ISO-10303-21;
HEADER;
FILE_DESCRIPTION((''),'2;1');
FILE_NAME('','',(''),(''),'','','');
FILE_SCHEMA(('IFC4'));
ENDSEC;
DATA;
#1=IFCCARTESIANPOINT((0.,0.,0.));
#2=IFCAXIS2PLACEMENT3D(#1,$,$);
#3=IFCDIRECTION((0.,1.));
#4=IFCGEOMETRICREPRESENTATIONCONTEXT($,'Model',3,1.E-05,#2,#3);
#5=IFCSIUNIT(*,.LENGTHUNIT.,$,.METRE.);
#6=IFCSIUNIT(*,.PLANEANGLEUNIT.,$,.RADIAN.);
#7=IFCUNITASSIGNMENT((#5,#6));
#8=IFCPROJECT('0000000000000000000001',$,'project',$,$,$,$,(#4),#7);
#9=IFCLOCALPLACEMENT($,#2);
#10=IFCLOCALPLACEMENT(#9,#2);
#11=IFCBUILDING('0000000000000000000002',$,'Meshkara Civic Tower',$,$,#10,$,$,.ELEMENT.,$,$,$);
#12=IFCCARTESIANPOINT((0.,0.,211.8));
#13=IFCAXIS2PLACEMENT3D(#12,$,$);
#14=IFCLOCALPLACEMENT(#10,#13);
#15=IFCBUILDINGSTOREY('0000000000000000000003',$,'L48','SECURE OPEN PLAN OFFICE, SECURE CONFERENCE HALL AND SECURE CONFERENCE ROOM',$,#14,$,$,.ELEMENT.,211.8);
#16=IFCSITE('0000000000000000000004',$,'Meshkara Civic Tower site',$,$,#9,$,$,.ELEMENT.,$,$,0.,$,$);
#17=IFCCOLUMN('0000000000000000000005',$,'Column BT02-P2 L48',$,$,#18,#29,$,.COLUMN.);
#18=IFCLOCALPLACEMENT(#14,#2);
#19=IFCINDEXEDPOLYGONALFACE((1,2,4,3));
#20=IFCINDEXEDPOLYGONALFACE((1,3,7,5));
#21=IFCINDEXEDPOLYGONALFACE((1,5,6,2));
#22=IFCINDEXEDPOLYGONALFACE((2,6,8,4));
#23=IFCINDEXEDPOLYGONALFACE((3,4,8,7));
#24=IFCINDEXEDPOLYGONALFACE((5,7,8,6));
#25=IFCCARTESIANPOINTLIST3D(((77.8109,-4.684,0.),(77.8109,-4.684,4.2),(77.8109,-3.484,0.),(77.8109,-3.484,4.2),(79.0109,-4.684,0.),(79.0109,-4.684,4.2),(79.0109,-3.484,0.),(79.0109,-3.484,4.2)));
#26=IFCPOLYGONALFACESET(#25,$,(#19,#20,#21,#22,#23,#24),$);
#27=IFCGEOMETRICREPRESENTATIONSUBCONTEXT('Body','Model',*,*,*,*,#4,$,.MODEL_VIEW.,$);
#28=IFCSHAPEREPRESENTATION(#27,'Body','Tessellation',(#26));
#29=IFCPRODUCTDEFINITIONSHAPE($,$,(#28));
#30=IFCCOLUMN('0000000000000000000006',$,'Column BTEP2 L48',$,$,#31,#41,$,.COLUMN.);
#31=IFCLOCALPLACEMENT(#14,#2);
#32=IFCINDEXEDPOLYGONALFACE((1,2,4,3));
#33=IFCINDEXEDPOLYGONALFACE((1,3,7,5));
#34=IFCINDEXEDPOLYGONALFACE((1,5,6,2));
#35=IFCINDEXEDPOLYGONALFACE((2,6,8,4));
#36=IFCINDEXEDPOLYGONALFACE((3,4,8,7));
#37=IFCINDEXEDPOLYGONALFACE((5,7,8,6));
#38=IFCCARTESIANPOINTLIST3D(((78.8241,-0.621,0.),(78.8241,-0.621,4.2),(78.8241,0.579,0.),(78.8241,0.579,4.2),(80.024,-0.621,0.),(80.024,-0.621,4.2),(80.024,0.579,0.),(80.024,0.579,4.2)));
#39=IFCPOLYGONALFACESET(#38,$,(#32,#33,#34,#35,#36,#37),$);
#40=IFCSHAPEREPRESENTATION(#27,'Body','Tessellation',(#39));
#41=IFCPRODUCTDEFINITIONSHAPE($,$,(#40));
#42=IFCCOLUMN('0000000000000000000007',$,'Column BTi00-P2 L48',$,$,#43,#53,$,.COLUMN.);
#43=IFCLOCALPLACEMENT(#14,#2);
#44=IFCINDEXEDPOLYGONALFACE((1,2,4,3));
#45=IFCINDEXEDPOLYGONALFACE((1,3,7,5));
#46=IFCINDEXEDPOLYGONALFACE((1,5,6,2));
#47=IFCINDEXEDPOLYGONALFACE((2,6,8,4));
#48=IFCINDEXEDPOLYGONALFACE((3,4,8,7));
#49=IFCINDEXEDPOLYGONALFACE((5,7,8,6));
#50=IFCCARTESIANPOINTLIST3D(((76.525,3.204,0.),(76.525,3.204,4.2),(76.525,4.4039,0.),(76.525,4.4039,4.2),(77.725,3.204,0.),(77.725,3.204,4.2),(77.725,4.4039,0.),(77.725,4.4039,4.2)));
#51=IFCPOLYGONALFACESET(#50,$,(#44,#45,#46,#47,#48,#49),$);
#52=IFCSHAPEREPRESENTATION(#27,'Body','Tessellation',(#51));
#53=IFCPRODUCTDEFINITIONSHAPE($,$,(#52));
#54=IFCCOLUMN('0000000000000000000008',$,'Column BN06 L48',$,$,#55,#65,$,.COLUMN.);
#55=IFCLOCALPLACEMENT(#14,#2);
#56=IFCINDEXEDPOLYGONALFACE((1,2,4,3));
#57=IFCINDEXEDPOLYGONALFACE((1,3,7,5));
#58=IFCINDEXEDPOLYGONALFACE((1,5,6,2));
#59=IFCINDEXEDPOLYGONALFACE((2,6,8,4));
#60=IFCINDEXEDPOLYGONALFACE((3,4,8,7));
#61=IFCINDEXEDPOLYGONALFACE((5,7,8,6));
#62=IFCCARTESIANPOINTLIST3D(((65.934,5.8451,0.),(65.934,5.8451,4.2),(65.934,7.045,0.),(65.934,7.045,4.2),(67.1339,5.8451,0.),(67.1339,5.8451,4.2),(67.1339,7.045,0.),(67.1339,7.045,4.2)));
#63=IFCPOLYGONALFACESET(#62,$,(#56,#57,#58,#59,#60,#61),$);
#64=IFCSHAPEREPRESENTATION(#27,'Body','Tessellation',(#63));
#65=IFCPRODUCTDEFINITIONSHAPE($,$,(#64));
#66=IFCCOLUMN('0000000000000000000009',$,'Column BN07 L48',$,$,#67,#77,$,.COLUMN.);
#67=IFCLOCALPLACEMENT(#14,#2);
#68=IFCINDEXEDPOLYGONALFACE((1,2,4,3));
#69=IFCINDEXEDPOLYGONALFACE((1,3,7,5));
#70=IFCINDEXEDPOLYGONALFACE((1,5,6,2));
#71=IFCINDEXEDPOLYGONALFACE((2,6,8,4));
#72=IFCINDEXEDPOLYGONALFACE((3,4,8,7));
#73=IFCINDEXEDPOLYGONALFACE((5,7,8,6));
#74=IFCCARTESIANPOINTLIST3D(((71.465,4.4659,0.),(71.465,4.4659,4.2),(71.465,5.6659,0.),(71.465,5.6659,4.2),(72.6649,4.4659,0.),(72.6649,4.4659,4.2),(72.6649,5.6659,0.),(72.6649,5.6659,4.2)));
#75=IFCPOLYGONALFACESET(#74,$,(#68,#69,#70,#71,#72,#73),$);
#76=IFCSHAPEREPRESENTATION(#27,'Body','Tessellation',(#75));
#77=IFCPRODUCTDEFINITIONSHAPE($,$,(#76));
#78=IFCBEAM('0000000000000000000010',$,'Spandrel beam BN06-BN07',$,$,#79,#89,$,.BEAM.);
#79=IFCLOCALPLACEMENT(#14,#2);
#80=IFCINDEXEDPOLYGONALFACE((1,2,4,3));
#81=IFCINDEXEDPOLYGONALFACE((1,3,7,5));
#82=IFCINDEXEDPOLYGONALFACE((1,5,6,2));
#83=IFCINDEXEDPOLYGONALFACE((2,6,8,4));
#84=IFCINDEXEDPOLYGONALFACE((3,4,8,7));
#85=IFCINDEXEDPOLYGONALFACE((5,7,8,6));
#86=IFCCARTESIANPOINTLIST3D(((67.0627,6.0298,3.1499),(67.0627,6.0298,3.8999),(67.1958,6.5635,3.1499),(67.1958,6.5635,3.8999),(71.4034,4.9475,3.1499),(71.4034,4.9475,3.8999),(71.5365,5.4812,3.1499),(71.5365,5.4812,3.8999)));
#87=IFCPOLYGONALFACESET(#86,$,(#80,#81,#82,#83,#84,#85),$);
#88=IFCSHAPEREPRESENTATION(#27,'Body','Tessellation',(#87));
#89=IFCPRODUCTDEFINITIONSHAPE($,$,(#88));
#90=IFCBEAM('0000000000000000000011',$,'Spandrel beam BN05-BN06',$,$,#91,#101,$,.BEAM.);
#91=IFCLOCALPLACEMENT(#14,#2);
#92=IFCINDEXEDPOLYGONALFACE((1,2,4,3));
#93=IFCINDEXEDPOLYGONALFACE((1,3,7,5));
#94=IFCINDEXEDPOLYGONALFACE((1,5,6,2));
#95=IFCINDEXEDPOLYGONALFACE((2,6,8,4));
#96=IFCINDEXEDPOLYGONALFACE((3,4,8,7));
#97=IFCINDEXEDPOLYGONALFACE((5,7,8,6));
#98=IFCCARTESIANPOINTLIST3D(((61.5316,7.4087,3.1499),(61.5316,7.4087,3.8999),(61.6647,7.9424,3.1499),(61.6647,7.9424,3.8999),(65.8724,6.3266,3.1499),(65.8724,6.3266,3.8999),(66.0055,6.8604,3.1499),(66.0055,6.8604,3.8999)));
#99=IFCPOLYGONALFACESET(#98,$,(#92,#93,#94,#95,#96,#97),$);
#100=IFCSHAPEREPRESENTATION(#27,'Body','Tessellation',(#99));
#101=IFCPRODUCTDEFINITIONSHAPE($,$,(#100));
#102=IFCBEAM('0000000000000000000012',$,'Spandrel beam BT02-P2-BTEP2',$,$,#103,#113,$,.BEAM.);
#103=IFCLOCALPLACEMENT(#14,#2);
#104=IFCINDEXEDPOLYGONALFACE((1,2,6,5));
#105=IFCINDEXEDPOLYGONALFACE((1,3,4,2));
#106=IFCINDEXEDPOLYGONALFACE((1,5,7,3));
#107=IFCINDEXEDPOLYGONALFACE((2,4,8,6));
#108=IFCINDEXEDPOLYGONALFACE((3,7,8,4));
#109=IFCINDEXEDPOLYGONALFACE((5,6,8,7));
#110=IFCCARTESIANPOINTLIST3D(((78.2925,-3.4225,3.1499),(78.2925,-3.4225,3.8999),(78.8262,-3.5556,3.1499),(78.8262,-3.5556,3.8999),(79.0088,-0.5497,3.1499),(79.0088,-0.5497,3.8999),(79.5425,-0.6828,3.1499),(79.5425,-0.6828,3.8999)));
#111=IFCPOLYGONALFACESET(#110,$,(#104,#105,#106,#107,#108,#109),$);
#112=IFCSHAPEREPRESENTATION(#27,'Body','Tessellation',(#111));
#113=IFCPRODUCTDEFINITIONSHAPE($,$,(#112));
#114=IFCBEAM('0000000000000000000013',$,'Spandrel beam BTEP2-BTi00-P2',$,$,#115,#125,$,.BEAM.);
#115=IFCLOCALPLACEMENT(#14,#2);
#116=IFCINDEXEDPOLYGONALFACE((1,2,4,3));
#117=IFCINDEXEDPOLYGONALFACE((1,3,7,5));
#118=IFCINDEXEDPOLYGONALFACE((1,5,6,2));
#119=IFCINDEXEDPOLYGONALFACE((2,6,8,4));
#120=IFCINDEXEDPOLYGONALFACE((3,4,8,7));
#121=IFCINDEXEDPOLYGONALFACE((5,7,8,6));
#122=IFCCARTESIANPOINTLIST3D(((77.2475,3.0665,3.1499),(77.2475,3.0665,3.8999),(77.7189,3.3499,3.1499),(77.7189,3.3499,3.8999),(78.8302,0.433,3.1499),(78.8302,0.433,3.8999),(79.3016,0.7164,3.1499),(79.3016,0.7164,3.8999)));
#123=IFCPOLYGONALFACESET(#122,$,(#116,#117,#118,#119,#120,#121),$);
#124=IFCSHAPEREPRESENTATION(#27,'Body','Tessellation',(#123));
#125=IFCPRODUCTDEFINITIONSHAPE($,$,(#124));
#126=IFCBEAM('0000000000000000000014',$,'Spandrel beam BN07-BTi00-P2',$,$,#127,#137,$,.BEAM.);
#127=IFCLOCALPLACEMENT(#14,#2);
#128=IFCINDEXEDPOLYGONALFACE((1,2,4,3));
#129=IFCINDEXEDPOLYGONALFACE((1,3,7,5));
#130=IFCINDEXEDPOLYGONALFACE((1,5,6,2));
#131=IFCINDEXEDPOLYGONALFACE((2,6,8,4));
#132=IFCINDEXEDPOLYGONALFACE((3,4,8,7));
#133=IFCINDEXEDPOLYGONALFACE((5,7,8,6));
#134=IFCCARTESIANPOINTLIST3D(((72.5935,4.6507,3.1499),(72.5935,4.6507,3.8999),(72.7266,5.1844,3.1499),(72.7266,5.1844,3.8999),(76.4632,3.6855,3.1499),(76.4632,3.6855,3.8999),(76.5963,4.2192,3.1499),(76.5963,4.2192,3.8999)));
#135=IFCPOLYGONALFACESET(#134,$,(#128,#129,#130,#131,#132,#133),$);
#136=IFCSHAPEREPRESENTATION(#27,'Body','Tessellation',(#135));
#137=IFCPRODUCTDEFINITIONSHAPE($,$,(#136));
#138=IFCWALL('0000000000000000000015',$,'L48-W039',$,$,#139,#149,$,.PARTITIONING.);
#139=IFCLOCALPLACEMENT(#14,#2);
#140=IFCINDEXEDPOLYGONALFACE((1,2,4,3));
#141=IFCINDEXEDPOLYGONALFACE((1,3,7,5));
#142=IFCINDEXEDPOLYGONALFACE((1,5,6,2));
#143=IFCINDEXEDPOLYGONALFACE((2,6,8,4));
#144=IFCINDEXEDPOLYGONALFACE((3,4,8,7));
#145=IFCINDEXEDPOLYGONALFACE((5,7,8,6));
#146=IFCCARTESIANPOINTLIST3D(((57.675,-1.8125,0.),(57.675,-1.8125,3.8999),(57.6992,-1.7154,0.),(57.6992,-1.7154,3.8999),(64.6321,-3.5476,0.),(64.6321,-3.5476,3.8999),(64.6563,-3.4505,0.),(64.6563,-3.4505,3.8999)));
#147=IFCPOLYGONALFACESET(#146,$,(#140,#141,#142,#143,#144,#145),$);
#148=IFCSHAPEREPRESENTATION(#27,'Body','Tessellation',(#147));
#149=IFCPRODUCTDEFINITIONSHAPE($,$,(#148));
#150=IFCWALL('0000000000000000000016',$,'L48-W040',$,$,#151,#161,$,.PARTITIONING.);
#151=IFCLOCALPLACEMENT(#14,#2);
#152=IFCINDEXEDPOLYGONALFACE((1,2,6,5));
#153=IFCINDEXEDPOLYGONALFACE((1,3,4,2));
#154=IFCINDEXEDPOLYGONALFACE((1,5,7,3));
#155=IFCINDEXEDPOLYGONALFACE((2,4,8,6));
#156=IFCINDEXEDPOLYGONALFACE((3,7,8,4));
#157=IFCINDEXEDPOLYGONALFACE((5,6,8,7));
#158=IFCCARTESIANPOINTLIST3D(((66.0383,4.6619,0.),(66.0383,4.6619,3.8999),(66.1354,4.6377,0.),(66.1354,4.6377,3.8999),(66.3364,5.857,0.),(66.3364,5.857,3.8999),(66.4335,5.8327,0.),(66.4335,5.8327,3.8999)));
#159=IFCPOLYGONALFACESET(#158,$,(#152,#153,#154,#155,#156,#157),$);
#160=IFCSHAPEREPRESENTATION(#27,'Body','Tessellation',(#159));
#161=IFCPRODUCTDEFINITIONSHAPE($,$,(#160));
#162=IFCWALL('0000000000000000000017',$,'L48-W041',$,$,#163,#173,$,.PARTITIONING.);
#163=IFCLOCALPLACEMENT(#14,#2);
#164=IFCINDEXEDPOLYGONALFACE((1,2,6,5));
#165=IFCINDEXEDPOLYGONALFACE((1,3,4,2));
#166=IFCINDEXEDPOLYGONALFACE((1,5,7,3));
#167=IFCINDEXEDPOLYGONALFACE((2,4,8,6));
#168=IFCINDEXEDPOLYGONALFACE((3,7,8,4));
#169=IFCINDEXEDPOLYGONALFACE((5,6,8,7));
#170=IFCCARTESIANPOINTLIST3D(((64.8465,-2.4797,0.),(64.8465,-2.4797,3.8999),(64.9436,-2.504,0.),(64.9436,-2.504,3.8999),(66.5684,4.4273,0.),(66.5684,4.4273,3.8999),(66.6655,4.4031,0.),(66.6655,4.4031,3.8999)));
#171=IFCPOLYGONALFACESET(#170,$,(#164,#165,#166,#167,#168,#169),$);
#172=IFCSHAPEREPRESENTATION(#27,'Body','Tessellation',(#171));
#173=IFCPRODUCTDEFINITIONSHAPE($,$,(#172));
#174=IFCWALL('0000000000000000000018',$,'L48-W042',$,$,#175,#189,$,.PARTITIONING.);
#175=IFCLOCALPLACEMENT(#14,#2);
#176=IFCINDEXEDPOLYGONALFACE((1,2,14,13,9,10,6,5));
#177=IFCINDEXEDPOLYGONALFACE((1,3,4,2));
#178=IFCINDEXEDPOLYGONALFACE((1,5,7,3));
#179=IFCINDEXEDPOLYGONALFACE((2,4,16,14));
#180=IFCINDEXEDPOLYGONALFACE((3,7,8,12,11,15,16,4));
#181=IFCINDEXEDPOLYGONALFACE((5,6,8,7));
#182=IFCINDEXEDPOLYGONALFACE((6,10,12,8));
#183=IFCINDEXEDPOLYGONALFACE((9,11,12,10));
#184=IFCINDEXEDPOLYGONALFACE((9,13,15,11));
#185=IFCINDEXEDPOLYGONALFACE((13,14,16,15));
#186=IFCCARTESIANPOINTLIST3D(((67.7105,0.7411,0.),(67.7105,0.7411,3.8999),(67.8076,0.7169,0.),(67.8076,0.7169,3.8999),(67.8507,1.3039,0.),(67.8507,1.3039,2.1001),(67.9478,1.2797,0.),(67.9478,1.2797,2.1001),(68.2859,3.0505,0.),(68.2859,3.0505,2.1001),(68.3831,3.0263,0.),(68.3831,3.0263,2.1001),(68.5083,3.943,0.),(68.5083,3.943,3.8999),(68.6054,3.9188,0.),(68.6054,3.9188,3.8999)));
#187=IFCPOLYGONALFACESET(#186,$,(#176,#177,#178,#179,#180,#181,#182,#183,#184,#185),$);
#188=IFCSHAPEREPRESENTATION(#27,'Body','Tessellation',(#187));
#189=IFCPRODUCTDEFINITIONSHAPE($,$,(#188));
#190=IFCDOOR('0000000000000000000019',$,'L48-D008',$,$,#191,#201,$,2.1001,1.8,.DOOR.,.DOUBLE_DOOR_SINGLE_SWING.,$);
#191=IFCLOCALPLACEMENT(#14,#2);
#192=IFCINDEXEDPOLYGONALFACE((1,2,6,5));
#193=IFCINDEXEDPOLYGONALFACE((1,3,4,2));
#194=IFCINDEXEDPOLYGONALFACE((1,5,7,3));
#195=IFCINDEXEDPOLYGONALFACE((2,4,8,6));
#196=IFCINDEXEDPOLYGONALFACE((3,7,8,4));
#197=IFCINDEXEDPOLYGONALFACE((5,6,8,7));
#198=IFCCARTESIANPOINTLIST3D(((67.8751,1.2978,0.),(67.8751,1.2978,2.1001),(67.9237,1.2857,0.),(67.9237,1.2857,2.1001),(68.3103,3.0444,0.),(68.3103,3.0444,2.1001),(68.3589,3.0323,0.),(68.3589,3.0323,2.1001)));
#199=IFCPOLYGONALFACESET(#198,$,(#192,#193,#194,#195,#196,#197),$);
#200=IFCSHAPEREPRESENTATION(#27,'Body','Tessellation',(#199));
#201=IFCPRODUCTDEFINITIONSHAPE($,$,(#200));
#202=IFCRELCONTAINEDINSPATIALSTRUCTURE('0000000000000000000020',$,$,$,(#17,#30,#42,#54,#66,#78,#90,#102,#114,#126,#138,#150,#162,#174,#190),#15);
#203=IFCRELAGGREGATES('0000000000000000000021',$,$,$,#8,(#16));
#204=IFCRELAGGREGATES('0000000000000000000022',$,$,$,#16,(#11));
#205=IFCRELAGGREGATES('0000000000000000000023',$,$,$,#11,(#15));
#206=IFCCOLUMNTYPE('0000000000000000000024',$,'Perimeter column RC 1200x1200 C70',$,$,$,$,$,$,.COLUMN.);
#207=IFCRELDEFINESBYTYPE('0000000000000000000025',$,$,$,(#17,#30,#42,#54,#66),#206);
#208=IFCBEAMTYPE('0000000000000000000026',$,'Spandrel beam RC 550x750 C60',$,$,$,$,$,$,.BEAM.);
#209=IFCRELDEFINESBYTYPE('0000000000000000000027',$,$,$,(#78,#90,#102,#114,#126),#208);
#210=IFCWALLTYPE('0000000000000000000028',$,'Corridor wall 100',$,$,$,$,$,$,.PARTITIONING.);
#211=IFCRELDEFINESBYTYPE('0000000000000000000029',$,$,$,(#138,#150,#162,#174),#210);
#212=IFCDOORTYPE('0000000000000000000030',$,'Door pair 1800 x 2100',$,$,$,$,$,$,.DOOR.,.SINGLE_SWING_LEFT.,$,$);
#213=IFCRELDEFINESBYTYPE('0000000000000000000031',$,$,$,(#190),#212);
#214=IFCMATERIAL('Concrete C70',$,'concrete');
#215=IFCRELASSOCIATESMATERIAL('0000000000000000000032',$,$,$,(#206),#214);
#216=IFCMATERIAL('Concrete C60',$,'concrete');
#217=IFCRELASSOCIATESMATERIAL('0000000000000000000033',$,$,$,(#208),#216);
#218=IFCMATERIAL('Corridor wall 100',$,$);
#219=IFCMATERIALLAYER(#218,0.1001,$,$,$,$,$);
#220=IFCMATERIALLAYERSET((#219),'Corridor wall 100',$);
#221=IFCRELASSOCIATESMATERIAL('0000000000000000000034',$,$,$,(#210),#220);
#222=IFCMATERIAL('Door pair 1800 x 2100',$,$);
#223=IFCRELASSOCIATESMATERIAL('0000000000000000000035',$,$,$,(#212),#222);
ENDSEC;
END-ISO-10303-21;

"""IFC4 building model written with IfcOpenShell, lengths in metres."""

from ifc_helpers import new_model, si_unit, direction, frame, frame_2d, origin, origin_2d, place, context, subcontext, project, spatial, rectangle, extrude, material, layer, layer_set, material_profile, profile_set, type_object, element, fill, save


model = new_model("IFC4")

# Units and contexts
model_context = context("Model", 3, precision=1e-05, world=origin(), true_north=direction((0.0, 1.0)))
body_context = subcontext(model_context, "Body", "Model", "MODEL_VIEW")
ifc_project = project(units=[si_unit("LENGTHUNIT", "METRE"), si_unit("PLANEANGLEUNIT", "RADIAN")], contexts=[model_context])

# Site, building, storey
site_placement = place(None, origin())
site = spatial("IfcSite", under=ifc_project, at=site_placement, Name="Meshkara Civic Tower site", CompositionType="ELEMENT", RefElevation=0.0)
building_placement = place(site_placement, origin())
building = spatial("IfcBuilding", under=site, at=building_placement, Name="Meshkara Civic Tower", CompositionType="ELEMENT")
storey_placement = place(building_placement, frame((0.0, 0.0, 211.8)))
storey = spatial("IfcBuildingStorey", under=building, at=storey_placement, Name="L48", Description="SECURE OPEN PLAN OFFICE, SECURE CONFERENCE HALL AND SECURE CONFERENCE ROOM", CompositionType="ELEMENT", Elevation=211.8)

# Columns
ifc_material_1 = material(Name="Concrete C70", Category="concrete")
ifc_material_profile_1 = material_profile(ifc_material_1, rectangle(XDim=1.2, YDim=1.2, at=origin_2d()))
ifc_profile_set_1 = profile_set([ifc_material_profile_1], Name="Concrete C70")
column_type = type_object("IfcColumnType", Name="Perimeter column RC 1200x1200 C70", PredefinedType="COLUMN", material=ifc_profile_set_1)
for number, where, z_axis, x_axis, name in (
    (1, (78.4109, -4.084, 0.0), (0.0, 0.0, 1.0), (1.0, 0.0, 0.0), "Column BT02-P2 L48"),
    (2, (79.4241, -0.021, 0.0), (0.0, 0.0, 1.0), (1.0, 0.0, 0.0), "Column BTEP2 L48"),
    (3, (77.125, 3.804, 0.0), (0.0, 0.0, 1.0), (1.0, 0.0, 0.0), "Column BTi00-P2 L48"),
    (4, (66.5339, 6.4451, 0.0), (0.0, 0.0, 1.0), (1.0, 0.0, 0.0), "Column BN06 L48"),
    (5, (72.0649, 5.0659, 0.0), (0.0, 0.0, 1.0), (1.0, 0.0, 0.0), "Column BN07 L48"),
):
    element("IfcColumn", number, at=place(storey_placement, frame(where, z_axis=z_axis, x_axis=x_axis)), inside=storey, type_object=column_type, Name=name, PredefinedType="COLUMN", context=body_context, shape_type="SweptSolid", body=[
        extrude(rectangle(XDim=1.2, YDim=1.2, at=origin_2d()), origin(), (0.0, 0.0, 1.0), 4.2),
    ])

# Beams
ifc_material_2 = material(Name="Concrete C60", Category="concrete")
ifc_material_profile_2 = material_profile(ifc_material_2, rectangle(XDim=0.55, YDim=0.75, at=origin_2d()))
ifc_profile_set_2 = profile_set([ifc_material_profile_2], Name="Concrete C60")
beam_type = type_object("IfcBeamType", Name="Spandrel beam RC 550x750 C60", PredefinedType="BEAM", material=ifc_profile_set_2)
for number, where, z_axis, x_axis, name in (
    (6, (71.47, 5.2144, 3.5249), (-0.970296, 0.241919, 0.0), (-0.241919, -0.970296, 0.0), "Spandrel beam BN06-BN07"),
    (7, (65.939, 6.5935, 3.5249), (-0.970309, 0.241868, 0.0), (-0.241868, -0.970309, 0.0), "Spandrel beam BN05-BN06"),
):
    element("IfcBeam", number, at=place(storey_placement, frame(where, z_axis=z_axis, x_axis=x_axis)), inside=storey, type_object=beam_type, Name=name, PredefinedType="BEAM", context=body_context, shape_type="SweptSolid", body=[
        extrude(rectangle(XDim=0.55, YDim=0.75, at=origin_2d()), origin(), (0.0, 0.0, 1.0), 4.4736),
    ])
beam_1_placement = place(storey_placement, frame((78.5593, -3.489, 3.5249), z_axis=(0.241934, 0.970293, 0.0), x_axis=(-0.970293, 0.241934, 0.0)))
element("IfcBeam", 8, at=beam_1_placement, inside=storey, type_object=beam_type, Name="Spandrel beam BT02-P2-BTEP2", PredefinedType="BEAM", context=body_context, shape_type="SweptSolid", body=[
    extrude(rectangle(XDim=0.55, YDim=0.75, at=origin_2d()), origin(), (0.0, 0.0, 1.0), 2.9607),
])
beam_2_placement = place(storey_placement, frame((79.0659, 0.5747, 3.5249), z_axis=(-0.515127, 0.857114, 0.0), x_axis=(-0.857114, -0.515127, 0.0)))
element("IfcBeam", 9, at=beam_2_placement, inside=storey, type_object=beam_type, Name="Spandrel beam BTEP2-BTi00-P2", PredefinedType="BEAM", context=body_context, shape_type="SweptSolid", body=[
    extrude(rectangle(XDim=0.55, YDim=0.75, at=origin_2d()), origin(), (0.0, 0.0, 1.0), 3.0725),
])
beam_3_placement = place(storey_placement, frame((76.5298, 3.9524, 3.5249), z_axis=(-0.970279, 0.241988, 0.0), x_axis=(-0.241988, -0.970279, 0.0)))
element("IfcBeam", 10, at=beam_3_placement, inside=storey, type_object=beam_type, Name="Spandrel beam BN07-BTi00-P2", PredefinedType="BEAM", context=body_context, shape_type="SweptSolid", body=[
    extrude(rectangle(XDim=0.55, YDim=0.75, at=origin_2d()), origin(), (0.0, 0.0, 1.0), 3.9883),
])

# Walls
ifc_material_3 = material(Name="Corridor wall 100")
ifc_layer_1 = layer(ifc_material_3, 0.1001)
ifc_layer_set_1 = layer_set([ifc_layer_1], Name="Corridor wall 100")
wall_type_1 = type_object("IfcWallType", Name="Corridor wall 100", PredefinedType="PARTITIONING", material=ifc_layer_set_1)
wall_1_placement = place(storey_placement, frame((64.644, -3.499, 0.0), z_axis=(0.0, 0.0, 1.0), x_axis=(-0.970279, 0.241991, 0.0)))
element("IfcWall", 11, at=wall_1_placement, inside=storey, type_object=wall_type_1, Name="L48-W039", PredefinedType="PARTITIONING", context=body_context, shape_type="SweptSolid", body=[
    extrude(rectangle(XDim=7.1702, YDim=0.1001, at=frame_2d((3.585, 0.0))), origin(), (0.0, 0.0, 1.0), 3.8999),
])
wall_2_placement = place(storey_placement, frame((66.0869, 4.6499, 0.0), z_axis=(0.0, 0.0, 1.0), x_axis=(0.242023, 0.970271, 0.0)))
element("IfcWall", 12, at=wall_2_placement, inside=storey, type_object=wall_type_1, Name="L48-W040", PredefinedType="PARTITIONING", context=body_context, shape_type="SweptSolid", body=[
    extrude(rectangle(XDim=1.2317, YDim=0.1001, at=frame_2d((0.6157, 0.0))), origin(), (0.0, 0.0, 1.0), 3.8999),
])
wall_3_placement = place(storey_placement, frame((66.6169, 4.415, 0.0), z_axis=(0.0, 0.0, 1.0), x_axis=(-0.241898, -0.970302, 0.0)))
element("IfcWall", 13, at=wall_3_placement, inside=storey, type_object=wall_type_1, Name="L48-W041", PredefinedType="PARTITIONING", context=body_context, shape_type="SweptSolid", body=[
    extrude(rectangle(XDim=7.1184, YDim=0.1001, at=frame_2d((3.5591, 0.0))), origin(), (0.0, 0.0, 1.0), 3.8999),
])

# Wall, opening, door
wall_4_placement = place(storey_placement, frame((67.759, 0.729, 0.0), z_axis=(0.0, 0.0, 1.0), x_axis=(0.241787, 0.970329, 0.0)))
wall_4 = element("IfcWall", 14, at=wall_4_placement, inside=storey, type_object=wall_type_1, Name="L48-W042", PredefinedType="PARTITIONING", context=body_context, shape_type="SweptSolid", body=[
    extrude(rectangle(XDim=3.2998, YDim=0.1001, at=frame_2d((1.6499, 0.0))), origin(), (0.0, 0.0, 1.0), 3.8999),
])
opening_1_placement = place(wall_4_placement, frame((0.5801, 0.0, 0.0)))
opening_1 = element("IfcOpeningElement", 15, at=opening_1_placement, cuts=wall_4, PredefinedType="OPENING", context=body_context, shape_type="SweptSolid", body=[
    extrude(rectangle(XDim=1.8, YDim=2.1001, at=frame_2d((0.8999, 1.05))), frame((0.0, 0.0601, 0.0), z_axis=(0.0, -1.0, 0.0), x_axis=(1.0, 0.0, 0.0)), (0.0, 0.0, 1.0), 0.1201),
])
ifc_material_4 = material(Name="Door pair 1800 x 2100")
door_type = type_object("IfcDoorType", Name="Door pair 1800 x 2100", OperationType="SINGLE_SWING_LEFT", PredefinedType="DOOR", material=ifc_material_4)
door_placement = place(opening_1_placement, origin())
door = element("IfcDoor", 16, at=door_placement, inside=storey, type_object=door_type, Name="L48-D008", OperationType="DOUBLE_DOOR_SINGLE_SWING", OverallHeight=2.1001, OverallWidth=1.8, PredefinedType="DOOR", context=body_context, shape_type="SweptSolid", body=[
    extrude(rectangle(XDim=1.8, YDim=2.1001, at=frame_2d((0.8999, 1.05))), frame((0.0, 0.0249, 0.0), z_axis=(0.0, -1.0, 0.0), x_axis=(1.0, 0.0, 0.0)), (0.0, 0.0, 1.0), 0.05),
])
fill(opening_1, door)

save(model, "model.ifc")
